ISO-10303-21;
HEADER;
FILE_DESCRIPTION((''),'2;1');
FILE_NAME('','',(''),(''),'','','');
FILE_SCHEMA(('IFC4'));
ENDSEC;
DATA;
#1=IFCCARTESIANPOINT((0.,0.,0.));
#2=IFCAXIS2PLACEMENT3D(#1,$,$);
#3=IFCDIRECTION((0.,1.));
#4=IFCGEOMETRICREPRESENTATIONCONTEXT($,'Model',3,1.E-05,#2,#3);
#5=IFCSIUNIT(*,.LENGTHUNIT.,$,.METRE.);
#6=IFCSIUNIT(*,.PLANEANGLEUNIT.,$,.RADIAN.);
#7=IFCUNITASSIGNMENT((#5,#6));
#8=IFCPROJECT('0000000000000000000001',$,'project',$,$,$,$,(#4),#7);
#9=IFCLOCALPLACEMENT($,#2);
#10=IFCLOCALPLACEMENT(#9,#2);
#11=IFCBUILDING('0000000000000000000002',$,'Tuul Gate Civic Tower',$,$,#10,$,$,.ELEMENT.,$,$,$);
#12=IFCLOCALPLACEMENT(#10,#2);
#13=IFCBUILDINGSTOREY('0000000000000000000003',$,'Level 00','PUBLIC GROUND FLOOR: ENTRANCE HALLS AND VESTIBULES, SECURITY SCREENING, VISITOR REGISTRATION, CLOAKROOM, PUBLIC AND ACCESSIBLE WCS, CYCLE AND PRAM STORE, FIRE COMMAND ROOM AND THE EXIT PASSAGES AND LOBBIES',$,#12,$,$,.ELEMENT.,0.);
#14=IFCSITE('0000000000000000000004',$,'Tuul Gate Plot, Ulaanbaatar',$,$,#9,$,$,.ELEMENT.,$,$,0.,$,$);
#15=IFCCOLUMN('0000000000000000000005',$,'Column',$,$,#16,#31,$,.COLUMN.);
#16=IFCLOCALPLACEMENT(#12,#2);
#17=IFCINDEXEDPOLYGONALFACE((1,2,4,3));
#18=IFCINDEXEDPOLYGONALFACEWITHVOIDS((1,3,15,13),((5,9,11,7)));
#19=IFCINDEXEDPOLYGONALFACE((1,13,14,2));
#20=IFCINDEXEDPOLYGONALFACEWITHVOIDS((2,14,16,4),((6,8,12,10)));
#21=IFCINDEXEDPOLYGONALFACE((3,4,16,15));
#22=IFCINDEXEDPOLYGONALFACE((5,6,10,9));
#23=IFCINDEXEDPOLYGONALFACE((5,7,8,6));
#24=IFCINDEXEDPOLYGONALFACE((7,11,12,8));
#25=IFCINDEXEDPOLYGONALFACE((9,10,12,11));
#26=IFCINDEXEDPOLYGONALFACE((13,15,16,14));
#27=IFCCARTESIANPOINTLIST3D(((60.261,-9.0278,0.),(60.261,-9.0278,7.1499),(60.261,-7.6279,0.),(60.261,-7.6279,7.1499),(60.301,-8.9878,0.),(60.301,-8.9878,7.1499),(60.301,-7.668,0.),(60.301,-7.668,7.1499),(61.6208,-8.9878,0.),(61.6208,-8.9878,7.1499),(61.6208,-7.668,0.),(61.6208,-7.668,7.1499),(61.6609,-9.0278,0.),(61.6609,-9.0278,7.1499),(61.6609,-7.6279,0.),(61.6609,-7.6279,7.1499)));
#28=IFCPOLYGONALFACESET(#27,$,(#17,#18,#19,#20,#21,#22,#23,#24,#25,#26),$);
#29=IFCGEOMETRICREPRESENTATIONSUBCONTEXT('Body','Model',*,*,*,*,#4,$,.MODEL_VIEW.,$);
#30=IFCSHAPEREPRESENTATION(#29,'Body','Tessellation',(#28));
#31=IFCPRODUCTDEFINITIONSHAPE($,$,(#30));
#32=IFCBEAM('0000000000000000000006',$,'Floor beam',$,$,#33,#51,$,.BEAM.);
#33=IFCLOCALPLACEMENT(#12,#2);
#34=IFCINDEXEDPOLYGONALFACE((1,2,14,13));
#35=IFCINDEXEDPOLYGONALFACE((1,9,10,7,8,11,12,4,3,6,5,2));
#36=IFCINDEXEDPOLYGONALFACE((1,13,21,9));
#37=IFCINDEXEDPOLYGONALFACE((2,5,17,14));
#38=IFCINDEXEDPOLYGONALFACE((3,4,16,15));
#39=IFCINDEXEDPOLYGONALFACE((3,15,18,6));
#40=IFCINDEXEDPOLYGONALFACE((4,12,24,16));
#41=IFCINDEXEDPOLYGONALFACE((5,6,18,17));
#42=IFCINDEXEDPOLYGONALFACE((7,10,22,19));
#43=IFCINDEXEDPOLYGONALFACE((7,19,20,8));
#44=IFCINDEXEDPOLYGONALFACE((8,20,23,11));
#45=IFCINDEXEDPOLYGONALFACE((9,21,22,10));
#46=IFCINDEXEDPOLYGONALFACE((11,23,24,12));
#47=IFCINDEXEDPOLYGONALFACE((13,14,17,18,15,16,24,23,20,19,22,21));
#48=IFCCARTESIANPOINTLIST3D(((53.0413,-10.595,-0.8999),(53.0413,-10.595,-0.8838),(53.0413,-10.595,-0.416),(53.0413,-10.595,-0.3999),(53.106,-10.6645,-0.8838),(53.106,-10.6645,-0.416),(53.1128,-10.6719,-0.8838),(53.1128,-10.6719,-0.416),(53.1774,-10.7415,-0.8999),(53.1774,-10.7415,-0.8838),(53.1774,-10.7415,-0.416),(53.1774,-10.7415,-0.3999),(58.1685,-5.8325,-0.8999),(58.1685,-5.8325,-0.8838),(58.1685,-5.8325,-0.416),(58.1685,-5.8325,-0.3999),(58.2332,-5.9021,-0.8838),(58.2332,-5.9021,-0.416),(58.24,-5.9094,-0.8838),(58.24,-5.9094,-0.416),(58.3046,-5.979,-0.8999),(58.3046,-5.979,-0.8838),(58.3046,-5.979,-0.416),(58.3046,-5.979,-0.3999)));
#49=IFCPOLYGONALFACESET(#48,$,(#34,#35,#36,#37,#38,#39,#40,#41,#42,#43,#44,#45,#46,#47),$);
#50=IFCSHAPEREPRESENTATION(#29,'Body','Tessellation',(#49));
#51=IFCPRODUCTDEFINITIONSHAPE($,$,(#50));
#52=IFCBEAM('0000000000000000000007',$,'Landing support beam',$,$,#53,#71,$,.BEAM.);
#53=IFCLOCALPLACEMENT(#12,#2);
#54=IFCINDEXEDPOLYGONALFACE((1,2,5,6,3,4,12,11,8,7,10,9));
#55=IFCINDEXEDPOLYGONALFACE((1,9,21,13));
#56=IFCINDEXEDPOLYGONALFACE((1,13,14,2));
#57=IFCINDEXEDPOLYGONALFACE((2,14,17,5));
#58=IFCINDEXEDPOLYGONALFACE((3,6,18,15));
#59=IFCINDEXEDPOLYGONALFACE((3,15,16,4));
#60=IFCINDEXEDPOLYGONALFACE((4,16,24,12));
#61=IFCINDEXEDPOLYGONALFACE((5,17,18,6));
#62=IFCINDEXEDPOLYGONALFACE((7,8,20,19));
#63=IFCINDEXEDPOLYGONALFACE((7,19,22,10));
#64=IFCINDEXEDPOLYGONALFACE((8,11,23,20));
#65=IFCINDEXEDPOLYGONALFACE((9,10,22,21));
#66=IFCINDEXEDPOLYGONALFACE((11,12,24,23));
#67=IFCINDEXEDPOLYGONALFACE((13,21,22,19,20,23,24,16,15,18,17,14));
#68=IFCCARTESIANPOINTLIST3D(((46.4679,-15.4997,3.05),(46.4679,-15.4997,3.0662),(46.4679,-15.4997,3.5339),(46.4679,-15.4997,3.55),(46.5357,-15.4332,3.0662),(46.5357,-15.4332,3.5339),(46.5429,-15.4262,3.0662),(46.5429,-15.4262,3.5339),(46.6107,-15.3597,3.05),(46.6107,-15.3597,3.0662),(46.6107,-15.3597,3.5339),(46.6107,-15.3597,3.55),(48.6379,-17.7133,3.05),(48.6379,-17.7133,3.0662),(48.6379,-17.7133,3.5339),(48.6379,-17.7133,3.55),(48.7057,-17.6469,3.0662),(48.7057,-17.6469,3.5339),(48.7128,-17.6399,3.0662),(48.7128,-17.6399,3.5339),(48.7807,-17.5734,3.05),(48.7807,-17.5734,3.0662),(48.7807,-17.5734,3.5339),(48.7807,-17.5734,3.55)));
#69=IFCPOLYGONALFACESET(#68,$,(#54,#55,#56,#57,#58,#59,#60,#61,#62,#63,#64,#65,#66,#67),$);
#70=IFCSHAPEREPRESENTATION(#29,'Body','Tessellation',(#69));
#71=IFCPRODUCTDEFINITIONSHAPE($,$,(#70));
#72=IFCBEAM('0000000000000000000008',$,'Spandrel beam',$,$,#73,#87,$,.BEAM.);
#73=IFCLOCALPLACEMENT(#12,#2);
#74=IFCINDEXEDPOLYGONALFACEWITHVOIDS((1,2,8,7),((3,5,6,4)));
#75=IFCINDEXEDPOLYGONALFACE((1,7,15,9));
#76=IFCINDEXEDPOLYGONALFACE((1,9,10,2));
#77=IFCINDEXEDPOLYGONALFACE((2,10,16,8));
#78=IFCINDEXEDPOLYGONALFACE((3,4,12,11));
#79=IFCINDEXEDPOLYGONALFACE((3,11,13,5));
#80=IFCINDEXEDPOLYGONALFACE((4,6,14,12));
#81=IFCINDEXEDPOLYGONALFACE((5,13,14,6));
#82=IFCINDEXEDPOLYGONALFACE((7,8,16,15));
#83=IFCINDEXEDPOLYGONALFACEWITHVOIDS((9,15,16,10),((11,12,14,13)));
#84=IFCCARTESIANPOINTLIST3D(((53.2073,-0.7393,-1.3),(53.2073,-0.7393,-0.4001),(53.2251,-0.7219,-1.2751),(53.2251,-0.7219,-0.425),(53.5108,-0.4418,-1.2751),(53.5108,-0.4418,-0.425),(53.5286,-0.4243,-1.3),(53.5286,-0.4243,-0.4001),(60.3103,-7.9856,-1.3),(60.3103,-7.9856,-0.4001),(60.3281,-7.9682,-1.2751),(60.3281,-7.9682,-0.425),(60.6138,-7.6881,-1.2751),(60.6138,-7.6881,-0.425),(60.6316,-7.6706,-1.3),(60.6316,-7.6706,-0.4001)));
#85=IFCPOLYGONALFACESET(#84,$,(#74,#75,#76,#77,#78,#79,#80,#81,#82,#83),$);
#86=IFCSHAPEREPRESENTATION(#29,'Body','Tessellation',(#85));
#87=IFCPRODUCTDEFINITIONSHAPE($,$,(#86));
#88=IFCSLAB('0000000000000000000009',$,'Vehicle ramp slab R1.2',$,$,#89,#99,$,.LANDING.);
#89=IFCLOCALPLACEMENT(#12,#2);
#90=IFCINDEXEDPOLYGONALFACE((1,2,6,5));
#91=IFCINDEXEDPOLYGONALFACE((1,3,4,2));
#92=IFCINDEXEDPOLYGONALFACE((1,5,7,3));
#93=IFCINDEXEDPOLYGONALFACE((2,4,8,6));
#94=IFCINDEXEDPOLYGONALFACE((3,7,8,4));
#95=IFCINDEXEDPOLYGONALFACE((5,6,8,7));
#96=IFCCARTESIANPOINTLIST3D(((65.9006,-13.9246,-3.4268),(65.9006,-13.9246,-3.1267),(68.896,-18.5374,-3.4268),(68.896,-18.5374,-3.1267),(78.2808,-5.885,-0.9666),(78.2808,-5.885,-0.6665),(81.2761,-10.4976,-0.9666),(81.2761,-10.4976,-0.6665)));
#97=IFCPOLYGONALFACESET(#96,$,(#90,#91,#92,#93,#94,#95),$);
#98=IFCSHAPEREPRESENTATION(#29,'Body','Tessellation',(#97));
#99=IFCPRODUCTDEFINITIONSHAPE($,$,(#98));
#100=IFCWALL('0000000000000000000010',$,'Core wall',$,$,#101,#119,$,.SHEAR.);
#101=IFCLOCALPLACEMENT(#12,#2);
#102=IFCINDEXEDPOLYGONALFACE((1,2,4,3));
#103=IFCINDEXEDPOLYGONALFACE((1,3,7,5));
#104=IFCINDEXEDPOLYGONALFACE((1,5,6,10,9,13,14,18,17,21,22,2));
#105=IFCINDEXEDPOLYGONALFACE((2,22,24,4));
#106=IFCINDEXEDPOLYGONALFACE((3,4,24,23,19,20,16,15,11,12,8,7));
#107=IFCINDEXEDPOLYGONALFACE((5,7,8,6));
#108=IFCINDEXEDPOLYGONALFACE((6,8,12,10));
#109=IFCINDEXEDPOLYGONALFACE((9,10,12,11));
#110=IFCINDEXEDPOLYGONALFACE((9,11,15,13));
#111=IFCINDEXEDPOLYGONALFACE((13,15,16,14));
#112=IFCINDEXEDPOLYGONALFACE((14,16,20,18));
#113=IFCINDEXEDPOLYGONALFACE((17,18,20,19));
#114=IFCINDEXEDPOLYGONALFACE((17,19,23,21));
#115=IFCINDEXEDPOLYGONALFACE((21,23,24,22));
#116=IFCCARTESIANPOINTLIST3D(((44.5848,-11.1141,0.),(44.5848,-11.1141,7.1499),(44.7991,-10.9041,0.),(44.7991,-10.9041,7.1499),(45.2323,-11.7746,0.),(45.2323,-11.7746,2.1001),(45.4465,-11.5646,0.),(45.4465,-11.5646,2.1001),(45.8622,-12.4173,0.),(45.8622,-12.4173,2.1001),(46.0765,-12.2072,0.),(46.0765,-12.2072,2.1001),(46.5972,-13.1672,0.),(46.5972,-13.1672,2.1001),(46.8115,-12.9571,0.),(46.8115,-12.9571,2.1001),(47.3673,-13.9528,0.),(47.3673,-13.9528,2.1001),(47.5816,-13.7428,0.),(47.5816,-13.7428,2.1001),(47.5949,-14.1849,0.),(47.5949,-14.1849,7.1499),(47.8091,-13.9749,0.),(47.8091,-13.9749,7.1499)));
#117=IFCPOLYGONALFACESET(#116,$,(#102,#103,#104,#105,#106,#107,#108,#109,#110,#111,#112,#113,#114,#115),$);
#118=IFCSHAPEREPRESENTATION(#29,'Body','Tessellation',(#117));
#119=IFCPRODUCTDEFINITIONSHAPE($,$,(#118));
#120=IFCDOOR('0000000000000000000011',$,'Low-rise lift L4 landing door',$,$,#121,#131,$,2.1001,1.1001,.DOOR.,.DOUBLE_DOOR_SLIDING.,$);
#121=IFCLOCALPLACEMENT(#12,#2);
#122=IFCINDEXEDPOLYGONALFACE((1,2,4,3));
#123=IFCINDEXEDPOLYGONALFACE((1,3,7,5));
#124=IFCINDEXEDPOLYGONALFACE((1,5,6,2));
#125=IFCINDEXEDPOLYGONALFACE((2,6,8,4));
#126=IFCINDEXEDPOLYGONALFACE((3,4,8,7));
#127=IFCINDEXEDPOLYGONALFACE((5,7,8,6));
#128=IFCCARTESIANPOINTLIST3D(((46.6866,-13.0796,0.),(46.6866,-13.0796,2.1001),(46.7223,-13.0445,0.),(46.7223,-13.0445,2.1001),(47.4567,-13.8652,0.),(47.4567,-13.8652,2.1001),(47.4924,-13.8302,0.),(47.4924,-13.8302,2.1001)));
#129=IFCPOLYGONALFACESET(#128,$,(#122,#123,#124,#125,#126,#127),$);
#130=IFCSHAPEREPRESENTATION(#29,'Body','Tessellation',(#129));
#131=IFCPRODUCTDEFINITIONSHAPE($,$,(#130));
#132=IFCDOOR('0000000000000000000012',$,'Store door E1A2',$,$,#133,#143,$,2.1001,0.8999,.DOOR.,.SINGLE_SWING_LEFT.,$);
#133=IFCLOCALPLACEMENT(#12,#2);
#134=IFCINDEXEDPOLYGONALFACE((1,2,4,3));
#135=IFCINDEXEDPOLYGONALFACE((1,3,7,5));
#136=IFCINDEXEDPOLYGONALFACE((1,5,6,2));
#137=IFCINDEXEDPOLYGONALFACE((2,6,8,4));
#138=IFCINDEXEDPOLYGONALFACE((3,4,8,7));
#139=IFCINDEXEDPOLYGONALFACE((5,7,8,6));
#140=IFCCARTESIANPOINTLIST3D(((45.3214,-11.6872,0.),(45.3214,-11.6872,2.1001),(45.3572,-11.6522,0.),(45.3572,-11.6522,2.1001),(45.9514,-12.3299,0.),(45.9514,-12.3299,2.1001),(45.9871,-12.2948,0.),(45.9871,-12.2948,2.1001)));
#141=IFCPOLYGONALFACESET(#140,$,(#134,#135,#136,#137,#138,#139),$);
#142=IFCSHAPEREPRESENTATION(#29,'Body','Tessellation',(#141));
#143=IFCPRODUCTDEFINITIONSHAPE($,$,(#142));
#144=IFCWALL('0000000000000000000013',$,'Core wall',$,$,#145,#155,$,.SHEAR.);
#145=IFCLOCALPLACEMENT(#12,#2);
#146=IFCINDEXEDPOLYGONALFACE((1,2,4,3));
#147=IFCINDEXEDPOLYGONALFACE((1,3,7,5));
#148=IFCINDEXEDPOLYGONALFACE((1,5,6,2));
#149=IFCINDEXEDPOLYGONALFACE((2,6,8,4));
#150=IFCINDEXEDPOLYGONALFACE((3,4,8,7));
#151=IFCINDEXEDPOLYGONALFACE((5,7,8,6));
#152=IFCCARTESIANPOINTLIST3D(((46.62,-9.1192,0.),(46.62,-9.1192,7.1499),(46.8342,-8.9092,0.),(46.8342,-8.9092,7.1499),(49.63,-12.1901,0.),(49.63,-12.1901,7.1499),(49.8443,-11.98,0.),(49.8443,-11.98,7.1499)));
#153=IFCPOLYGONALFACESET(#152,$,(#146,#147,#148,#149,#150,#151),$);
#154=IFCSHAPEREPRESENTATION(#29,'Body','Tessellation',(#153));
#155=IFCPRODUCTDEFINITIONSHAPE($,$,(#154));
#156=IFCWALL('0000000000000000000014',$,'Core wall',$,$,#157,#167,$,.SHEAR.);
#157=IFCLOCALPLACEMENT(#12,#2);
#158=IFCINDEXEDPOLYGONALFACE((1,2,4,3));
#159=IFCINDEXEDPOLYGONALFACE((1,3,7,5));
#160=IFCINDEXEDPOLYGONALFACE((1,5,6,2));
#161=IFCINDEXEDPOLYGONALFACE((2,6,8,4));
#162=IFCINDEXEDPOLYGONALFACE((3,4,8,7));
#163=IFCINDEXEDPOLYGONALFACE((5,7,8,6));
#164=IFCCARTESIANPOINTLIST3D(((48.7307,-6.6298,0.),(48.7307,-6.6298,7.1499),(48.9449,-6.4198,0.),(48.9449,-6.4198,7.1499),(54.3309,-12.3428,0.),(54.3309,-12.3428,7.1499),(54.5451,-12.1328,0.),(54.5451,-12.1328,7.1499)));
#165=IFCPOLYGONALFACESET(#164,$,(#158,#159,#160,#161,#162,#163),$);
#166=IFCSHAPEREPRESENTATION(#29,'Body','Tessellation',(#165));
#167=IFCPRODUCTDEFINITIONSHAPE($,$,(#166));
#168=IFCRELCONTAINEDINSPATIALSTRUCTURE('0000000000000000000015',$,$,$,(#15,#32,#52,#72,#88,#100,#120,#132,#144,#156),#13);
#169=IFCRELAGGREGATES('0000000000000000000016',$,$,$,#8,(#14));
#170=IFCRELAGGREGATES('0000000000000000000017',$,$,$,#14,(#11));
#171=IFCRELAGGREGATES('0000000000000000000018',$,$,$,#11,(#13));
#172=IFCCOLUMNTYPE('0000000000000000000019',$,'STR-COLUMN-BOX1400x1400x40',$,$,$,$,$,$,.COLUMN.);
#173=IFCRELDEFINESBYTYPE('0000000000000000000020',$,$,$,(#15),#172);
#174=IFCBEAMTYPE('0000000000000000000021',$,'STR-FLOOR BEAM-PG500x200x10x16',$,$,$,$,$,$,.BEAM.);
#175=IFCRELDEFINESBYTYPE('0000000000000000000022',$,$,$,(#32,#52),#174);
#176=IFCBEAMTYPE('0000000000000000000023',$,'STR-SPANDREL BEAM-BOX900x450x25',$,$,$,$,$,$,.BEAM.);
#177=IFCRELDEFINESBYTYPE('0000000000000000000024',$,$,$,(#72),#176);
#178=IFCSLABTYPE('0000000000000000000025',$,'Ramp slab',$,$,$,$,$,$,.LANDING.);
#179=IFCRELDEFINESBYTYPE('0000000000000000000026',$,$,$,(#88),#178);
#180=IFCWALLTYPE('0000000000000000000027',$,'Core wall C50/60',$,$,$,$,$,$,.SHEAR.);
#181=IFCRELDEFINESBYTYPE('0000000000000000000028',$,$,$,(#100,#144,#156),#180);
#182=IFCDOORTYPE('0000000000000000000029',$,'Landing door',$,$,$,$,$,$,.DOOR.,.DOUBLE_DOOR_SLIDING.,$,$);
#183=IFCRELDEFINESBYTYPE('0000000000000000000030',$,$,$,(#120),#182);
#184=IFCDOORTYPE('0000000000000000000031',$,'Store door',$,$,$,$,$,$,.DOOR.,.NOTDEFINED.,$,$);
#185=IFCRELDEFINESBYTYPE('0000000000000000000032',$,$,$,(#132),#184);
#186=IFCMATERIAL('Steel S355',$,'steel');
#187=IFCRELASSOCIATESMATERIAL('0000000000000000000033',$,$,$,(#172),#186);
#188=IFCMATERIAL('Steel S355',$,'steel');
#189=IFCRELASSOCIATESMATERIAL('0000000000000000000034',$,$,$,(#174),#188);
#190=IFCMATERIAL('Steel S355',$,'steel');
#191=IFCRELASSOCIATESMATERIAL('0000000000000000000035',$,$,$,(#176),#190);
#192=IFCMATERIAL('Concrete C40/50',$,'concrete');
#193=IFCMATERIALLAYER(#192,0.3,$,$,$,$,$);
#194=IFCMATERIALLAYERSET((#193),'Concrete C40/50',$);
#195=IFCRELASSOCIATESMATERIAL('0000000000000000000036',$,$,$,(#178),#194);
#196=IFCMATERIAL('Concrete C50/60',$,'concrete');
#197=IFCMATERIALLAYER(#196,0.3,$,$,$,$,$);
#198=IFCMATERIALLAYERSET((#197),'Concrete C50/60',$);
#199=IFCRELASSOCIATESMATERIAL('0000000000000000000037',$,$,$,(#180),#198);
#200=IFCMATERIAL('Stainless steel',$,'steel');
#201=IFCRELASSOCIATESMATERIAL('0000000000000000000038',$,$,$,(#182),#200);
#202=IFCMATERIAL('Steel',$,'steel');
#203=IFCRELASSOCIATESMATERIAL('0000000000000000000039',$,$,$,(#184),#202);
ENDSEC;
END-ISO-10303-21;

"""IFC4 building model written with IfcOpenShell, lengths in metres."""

from ifc_helpers import new_model, si_unit, direction, frame, frame_2d, origin, origin_2d, place, context, subcontext, project, spatial, polyline, rectangle, hollow_rectangle, i_section, outline, extrude, material, layer, layer_set, material_profile, profile_set, type_object, element, fill, save


model = new_model("IFC4")

# Units and contexts
model_context = context("Model", 3, precision=1e-05, world=origin(), true_north=direction((0.0, 1.0)))
body_context = subcontext(model_context, "Body", "Model", "MODEL_VIEW")
ifc_project = project(units=[si_unit("LENGTHUNIT", "METRE"), si_unit("PLANEANGLEUNIT", "RADIAN")], contexts=[model_context])

# Site, building, storey
site_placement = place(None, origin())
site = spatial("IfcSite", under=ifc_project, at=site_placement, Name="Tuul Gate Plot, Ulaanbaatar", CompositionType="ELEMENT", RefElevation=0.0)
building_placement = place(site_placement, origin())
building = spatial("IfcBuilding", under=site, at=building_placement, Name="Tuul Gate Civic Tower", CompositionType="ELEMENT")
storey_placement = place(building_placement, origin())
storey = spatial("IfcBuildingStorey", under=building, at=storey_placement, Name="Level 00", Description="PUBLIC GROUND FLOOR: ENTRANCE HALLS AND VESTIBULES, SECURITY SCREENING, VISITOR REGISTRATION, CLOAKROOM, PUBLIC AND ACCESSIBLE WCS, CYCLE AND PRAM STORE, FIRE COMMAND ROOM AND THE EXIT PASSAGES AND LOBBIES", CompositionType="ELEMENT", Elevation=0.0)

# Column
ifc_material_1 = material(Name="Steel S355", Category="steel")
ifc_material_profile_1 = material_profile(ifc_material_1, hollow_rectangle(XDim=1.3999, YDim=1.3999, WallThickness=0.04, at=origin_2d()), Name="BOX1400x1400x40")
ifc_profile_set_1 = profile_set([ifc_material_profile_1], Name="Steel S355")
column_type = type_object("IfcColumnType", Name="STR-COLUMN-BOX1400x1400x40", PredefinedType="COLUMN", material=ifc_profile_set_1)
column_placement = place(storey_placement, frame((60.9609, -8.3279, 0.0), z_axis=(0.0, 0.0, 1.0), x_axis=(1.0, 0.0, 0.0)))
element("IfcColumn", 1, at=column_placement, inside=storey, type_object=column_type, Name="Column", PredefinedType="COLUMN", context=body_context, shape_type="SweptSolid", body=[
    extrude(hollow_rectangle(XDim=1.3999, YDim=1.3999, WallThickness=0.04, at=origin_2d()), origin(), (0.0, 0.0, 1.0), 7.1499),
])

# Beams
ifc_material_2 = material(Name="Steel S355", Category="steel")
ifc_material_profile_2 = material_profile(ifc_material_2, i_section(OverallWidth=0.2, OverallDepth=0.5, WebThickness=0.01, FlangeThickness=0.0161, at=origin_2d()), Name="PG500x200x10x16")
ifc_profile_set_2 = profile_set([ifc_material_profile_2], Name="Steel S355")
beam_type_1 = type_object("IfcBeamType", Name="STR-FLOOR BEAM-PG500x200x10x16", PredefinedType="BEAM", material=ifc_profile_set_2)
beam_1_placement = place(storey_placement, frame((53.1094, -10.6682, -0.6499), z_axis=(0.732688, 0.680565, 0.0), x_axis=(-0.680565, 0.732688, 0.0)))
element("IfcBeam", 2, at=beam_1_placement, inside=storey, type_object=beam_type_1, Name="Floor beam", PredefinedType="BEAM", context=body_context, shape_type="SweptSolid", body=[
    extrude(i_section(OverallWidth=0.2, OverallDepth=0.5, WebThickness=0.01, FlangeThickness=0.0161, at=origin_2d()), origin(), (0.0, 0.0, 1.0), 6.9978),
])
beam_2_placement = place(storey_placement, frame((46.5393, -15.4297, 3.3), z_axis=(0.700023, -0.714121, 0.0), x_axis=(0.714121, 0.700023, 0.0)))
element("IfcBeam", 3, at=beam_2_placement, inside=storey, type_object=beam_type_1, Name="Landing support beam", PredefinedType="BEAM", context=body_context, shape_type="SweptSolid", body=[
    extrude(i_section(OverallWidth=0.2, OverallDepth=0.5, WebThickness=0.01, FlangeThickness=0.0161, at=origin_2d()), origin(), (0.0, 0.0, 1.0), 3.0999),
])
ifc_material_3 = material(Name="Steel S355", Category="steel")
ifc_material_profile_3 = material_profile(ifc_material_3, hollow_rectangle(XDim=0.45, YDim=0.8999, WallThickness=0.0249, at=origin_2d()), Name="BOX900x450x25")
ifc_profile_set_3 = profile_set([ifc_material_profile_3], Name="Steel S355")
beam_type_2 = type_object("IfcBeamType", Name="STR-SPANDREL BEAM-BOX900x450x25", PredefinedType="BEAM", material=ifc_profile_set_3)
beam_3_placement = place(storey_placement, frame((60.4709, -7.8281, -0.8501), z_axis=(-0.70001, 0.714133, 0.0), x_axis=(-0.714133, -0.70001, 0.0)))
element("IfcBeam", 4, at=beam_3_placement, inside=storey, type_object=beam_type_2, Name="Spandrel beam", PredefinedType="BEAM", context=body_context, shape_type="SweptSolid", body=[
    extrude(hollow_rectangle(XDim=0.45, YDim=0.8999, WallThickness=0.0249, at=origin_2d()), origin(), (0.0, 0.0, 1.0), 10.147),
])

# Slab
ifc_material_4 = material(Name="Concrete C40/50", Category="concrete")
ifc_layer_1 = layer(ifc_material_4, 0.3)
ifc_layer_set_1 = layer_set([ifc_layer_1], Name="Concrete C40/50")
slab_type = type_object("IfcSlabType", Name="Ramp slab", PredefinedType="LANDING", material=ifc_layer_set_1)
slab_placement = place(storey_placement, frame((81.2761, -10.4976, -0.6665), z_axis=(-0.137875, -0.089533, 0.986395), x_axis=(-0.827259, -0.537231, -0.164395)))
element("IfcSlab", 5, at=slab_placement, inside=storey, type_object=slab_type, Name="Vehicle ramp slab R1.2", PredefinedType="LANDING", context=body_context, shape_type="SweptSolid", body=[
    extrude(outline(polyline([(0.0, 0.0), (14.9652, 0.0), (14.965, -5.5), (-0.0001, -5.4998), (0.0, 0.0)])), origin(), (0.164395, -0.000004, -0.986395), 0.3),
])

# Wall, openings, doors
ifc_material_5 = material(Name="Concrete C50/60", Category="concrete")
ifc_layer_2 = layer(ifc_material_5, 0.3)
ifc_layer_set_2 = layer_set([ifc_layer_2], Name="Concrete C50/60")
wall_type_1 = type_object("IfcWallType", Name="Core wall C50/60", PredefinedType="SHEAR", material=ifc_layer_set_2)
wall_1_placement = place(storey_placement, frame((47.7019, -14.0798, 0.0), z_axis=(0.0, 0.0, 1.0), x_axis=(-0.700003, 0.71414, 0.0)))
wall_1 = element("IfcWall", 6, at=wall_1_placement, inside=storey, type_object=wall_type_1, Name="Core wall", PredefinedType="SHEAR", context=body_context, shape_type="SweptSolid", body=[
    extrude(rectangle(XDim=4.3, YDim=0.3, at=frame_2d((2.1499, 0.0))), origin(), (0.0, 0.0, 1.0), 7.1499),
])
opening_1_placement = place(wall_1_placement, frame((0.325, 0.0, 0.0)))
opening_1 = element("IfcOpeningElement", 7, at=opening_1_placement, cuts=wall_1, PredefinedType="OPENING", context=body_context, shape_type="SweptSolid", body=[
    extrude(rectangle(XDim=1.1001, YDim=2.1001, at=frame_2d((0.55, 1.05))), frame((0.0, 0.1602, 0.0), z_axis=(0.0, -1.0, 0.0), x_axis=(1.0, 0.0, 0.0)), (0.0, 0.0, 1.0), 0.3201),
])
opening_2_placement = place(wall_1_placement, frame((2.4751, 0.0, 0.0)))
opening_2 = element("IfcOpeningElement", 8, at=opening_2_placement, cuts=wall_1, PredefinedType="OPENING", context=body_context, shape_type="SweptSolid", body=[
    extrude(rectangle(XDim=0.8999, YDim=2.1001, at=frame_2d((0.45, 1.05))), frame((0.0, 0.1602, 0.0), z_axis=(0.0, -1.0, 0.0), x_axis=(1.0, 0.0, 0.0)), (0.0, 0.0, 1.0), 0.3201),
])
ifc_material_6 = material(Name="Stainless steel", Category="steel")
door_type_1 = type_object("IfcDoorType", Name="Landing door", OperationType="DOUBLE_DOOR_SLIDING", PredefinedType="DOOR", material=ifc_material_6)
door_1_placement = place(opening_1_placement, origin())
door_1 = element("IfcDoor", 9, at=door_1_placement, inside=storey, type_object=door_type_1, Name="Low-rise lift L4 landing door", OperationType="DOUBLE_DOOR_SLIDING", OverallHeight=2.1001, OverallWidth=1.1001, PredefinedType="DOOR", context=body_context, shape_type="SweptSolid", body=[
    extrude(rectangle(XDim=1.1001, YDim=2.1001, at=frame_2d((0.55, 1.05))), frame((0.0, 0.0249, 0.0), z_axis=(0.0, -1.0, 0.0), x_axis=(1.0, 0.0, 0.0)), (0.0, 0.0, 1.0), 0.05),
])
fill(opening_1, door_1)
ifc_material_7 = material(Name="Steel", Category="steel")
door_type_2 = type_object("IfcDoorType", Name="Store door", OperationType="NOTDEFINED", PredefinedType="DOOR", material=ifc_material_7)
door_2_placement = place(opening_2_placement, frame((0.8999, 0.0, 0.0), z_axis=(0.0, 0.0, 1.0), x_axis=(-1.0, 0.0, 0.0)))
door_2 = element("IfcDoor", 10, at=door_2_placement, inside=storey, type_object=door_type_2, Name="Store door E1A2", OperationType="SINGLE_SWING_LEFT", OverallHeight=2.1001, OverallWidth=0.8999, PredefinedType="DOOR", context=body_context, shape_type="SweptSolid", body=[
    extrude(rectangle(XDim=0.8999, YDim=2.1001, at=frame_2d((0.45, 1.05))), frame((0.0, 0.0249, 0.0), z_axis=(0.0, -1.0, 0.0), x_axis=(1.0, 0.0, 0.0)), (0.0, 0.0, 1.0), 0.05),
])
fill(opening_2, door_2)

# Walls
wall_2_placement = place(storey_placement, frame((49.7371, -12.085, 0.0), z_axis=(0.0, 0.0, 1.0), x_axis=(-0.700003, 0.71414, 0.0)))
element("IfcWall", 11, at=wall_2_placement, inside=storey, type_object=wall_type_1, Name="Core wall", PredefinedType="SHEAR", context=body_context, shape_type="SweptSolid", body=[
    extrude(rectangle(XDim=4.3, YDim=0.3, at=frame_2d((2.1499, 0.0))), origin(), (0.0, 0.0, 1.0), 7.1499),
])
wall_3_placement = place(storey_placement, frame((54.438, -12.2378, 0.0), z_axis=(0.0, 0.0, 1.0), x_axis=(-0.700022, 0.714121, 0.0)))
element("IfcWall", 12, at=wall_3_placement, inside=storey, type_object=wall_type_1, Name="Core wall", PredefinedType="SHEAR", context=body_context, shape_type="SweptSolid", body=[
    extrude(rectangle(XDim=8.0, YDim=0.3, at=frame_2d((4.0, 0.0))), origin(), (0.0, 0.0, 1.0), 7.1499),
])

save(model, "model.ifc")
